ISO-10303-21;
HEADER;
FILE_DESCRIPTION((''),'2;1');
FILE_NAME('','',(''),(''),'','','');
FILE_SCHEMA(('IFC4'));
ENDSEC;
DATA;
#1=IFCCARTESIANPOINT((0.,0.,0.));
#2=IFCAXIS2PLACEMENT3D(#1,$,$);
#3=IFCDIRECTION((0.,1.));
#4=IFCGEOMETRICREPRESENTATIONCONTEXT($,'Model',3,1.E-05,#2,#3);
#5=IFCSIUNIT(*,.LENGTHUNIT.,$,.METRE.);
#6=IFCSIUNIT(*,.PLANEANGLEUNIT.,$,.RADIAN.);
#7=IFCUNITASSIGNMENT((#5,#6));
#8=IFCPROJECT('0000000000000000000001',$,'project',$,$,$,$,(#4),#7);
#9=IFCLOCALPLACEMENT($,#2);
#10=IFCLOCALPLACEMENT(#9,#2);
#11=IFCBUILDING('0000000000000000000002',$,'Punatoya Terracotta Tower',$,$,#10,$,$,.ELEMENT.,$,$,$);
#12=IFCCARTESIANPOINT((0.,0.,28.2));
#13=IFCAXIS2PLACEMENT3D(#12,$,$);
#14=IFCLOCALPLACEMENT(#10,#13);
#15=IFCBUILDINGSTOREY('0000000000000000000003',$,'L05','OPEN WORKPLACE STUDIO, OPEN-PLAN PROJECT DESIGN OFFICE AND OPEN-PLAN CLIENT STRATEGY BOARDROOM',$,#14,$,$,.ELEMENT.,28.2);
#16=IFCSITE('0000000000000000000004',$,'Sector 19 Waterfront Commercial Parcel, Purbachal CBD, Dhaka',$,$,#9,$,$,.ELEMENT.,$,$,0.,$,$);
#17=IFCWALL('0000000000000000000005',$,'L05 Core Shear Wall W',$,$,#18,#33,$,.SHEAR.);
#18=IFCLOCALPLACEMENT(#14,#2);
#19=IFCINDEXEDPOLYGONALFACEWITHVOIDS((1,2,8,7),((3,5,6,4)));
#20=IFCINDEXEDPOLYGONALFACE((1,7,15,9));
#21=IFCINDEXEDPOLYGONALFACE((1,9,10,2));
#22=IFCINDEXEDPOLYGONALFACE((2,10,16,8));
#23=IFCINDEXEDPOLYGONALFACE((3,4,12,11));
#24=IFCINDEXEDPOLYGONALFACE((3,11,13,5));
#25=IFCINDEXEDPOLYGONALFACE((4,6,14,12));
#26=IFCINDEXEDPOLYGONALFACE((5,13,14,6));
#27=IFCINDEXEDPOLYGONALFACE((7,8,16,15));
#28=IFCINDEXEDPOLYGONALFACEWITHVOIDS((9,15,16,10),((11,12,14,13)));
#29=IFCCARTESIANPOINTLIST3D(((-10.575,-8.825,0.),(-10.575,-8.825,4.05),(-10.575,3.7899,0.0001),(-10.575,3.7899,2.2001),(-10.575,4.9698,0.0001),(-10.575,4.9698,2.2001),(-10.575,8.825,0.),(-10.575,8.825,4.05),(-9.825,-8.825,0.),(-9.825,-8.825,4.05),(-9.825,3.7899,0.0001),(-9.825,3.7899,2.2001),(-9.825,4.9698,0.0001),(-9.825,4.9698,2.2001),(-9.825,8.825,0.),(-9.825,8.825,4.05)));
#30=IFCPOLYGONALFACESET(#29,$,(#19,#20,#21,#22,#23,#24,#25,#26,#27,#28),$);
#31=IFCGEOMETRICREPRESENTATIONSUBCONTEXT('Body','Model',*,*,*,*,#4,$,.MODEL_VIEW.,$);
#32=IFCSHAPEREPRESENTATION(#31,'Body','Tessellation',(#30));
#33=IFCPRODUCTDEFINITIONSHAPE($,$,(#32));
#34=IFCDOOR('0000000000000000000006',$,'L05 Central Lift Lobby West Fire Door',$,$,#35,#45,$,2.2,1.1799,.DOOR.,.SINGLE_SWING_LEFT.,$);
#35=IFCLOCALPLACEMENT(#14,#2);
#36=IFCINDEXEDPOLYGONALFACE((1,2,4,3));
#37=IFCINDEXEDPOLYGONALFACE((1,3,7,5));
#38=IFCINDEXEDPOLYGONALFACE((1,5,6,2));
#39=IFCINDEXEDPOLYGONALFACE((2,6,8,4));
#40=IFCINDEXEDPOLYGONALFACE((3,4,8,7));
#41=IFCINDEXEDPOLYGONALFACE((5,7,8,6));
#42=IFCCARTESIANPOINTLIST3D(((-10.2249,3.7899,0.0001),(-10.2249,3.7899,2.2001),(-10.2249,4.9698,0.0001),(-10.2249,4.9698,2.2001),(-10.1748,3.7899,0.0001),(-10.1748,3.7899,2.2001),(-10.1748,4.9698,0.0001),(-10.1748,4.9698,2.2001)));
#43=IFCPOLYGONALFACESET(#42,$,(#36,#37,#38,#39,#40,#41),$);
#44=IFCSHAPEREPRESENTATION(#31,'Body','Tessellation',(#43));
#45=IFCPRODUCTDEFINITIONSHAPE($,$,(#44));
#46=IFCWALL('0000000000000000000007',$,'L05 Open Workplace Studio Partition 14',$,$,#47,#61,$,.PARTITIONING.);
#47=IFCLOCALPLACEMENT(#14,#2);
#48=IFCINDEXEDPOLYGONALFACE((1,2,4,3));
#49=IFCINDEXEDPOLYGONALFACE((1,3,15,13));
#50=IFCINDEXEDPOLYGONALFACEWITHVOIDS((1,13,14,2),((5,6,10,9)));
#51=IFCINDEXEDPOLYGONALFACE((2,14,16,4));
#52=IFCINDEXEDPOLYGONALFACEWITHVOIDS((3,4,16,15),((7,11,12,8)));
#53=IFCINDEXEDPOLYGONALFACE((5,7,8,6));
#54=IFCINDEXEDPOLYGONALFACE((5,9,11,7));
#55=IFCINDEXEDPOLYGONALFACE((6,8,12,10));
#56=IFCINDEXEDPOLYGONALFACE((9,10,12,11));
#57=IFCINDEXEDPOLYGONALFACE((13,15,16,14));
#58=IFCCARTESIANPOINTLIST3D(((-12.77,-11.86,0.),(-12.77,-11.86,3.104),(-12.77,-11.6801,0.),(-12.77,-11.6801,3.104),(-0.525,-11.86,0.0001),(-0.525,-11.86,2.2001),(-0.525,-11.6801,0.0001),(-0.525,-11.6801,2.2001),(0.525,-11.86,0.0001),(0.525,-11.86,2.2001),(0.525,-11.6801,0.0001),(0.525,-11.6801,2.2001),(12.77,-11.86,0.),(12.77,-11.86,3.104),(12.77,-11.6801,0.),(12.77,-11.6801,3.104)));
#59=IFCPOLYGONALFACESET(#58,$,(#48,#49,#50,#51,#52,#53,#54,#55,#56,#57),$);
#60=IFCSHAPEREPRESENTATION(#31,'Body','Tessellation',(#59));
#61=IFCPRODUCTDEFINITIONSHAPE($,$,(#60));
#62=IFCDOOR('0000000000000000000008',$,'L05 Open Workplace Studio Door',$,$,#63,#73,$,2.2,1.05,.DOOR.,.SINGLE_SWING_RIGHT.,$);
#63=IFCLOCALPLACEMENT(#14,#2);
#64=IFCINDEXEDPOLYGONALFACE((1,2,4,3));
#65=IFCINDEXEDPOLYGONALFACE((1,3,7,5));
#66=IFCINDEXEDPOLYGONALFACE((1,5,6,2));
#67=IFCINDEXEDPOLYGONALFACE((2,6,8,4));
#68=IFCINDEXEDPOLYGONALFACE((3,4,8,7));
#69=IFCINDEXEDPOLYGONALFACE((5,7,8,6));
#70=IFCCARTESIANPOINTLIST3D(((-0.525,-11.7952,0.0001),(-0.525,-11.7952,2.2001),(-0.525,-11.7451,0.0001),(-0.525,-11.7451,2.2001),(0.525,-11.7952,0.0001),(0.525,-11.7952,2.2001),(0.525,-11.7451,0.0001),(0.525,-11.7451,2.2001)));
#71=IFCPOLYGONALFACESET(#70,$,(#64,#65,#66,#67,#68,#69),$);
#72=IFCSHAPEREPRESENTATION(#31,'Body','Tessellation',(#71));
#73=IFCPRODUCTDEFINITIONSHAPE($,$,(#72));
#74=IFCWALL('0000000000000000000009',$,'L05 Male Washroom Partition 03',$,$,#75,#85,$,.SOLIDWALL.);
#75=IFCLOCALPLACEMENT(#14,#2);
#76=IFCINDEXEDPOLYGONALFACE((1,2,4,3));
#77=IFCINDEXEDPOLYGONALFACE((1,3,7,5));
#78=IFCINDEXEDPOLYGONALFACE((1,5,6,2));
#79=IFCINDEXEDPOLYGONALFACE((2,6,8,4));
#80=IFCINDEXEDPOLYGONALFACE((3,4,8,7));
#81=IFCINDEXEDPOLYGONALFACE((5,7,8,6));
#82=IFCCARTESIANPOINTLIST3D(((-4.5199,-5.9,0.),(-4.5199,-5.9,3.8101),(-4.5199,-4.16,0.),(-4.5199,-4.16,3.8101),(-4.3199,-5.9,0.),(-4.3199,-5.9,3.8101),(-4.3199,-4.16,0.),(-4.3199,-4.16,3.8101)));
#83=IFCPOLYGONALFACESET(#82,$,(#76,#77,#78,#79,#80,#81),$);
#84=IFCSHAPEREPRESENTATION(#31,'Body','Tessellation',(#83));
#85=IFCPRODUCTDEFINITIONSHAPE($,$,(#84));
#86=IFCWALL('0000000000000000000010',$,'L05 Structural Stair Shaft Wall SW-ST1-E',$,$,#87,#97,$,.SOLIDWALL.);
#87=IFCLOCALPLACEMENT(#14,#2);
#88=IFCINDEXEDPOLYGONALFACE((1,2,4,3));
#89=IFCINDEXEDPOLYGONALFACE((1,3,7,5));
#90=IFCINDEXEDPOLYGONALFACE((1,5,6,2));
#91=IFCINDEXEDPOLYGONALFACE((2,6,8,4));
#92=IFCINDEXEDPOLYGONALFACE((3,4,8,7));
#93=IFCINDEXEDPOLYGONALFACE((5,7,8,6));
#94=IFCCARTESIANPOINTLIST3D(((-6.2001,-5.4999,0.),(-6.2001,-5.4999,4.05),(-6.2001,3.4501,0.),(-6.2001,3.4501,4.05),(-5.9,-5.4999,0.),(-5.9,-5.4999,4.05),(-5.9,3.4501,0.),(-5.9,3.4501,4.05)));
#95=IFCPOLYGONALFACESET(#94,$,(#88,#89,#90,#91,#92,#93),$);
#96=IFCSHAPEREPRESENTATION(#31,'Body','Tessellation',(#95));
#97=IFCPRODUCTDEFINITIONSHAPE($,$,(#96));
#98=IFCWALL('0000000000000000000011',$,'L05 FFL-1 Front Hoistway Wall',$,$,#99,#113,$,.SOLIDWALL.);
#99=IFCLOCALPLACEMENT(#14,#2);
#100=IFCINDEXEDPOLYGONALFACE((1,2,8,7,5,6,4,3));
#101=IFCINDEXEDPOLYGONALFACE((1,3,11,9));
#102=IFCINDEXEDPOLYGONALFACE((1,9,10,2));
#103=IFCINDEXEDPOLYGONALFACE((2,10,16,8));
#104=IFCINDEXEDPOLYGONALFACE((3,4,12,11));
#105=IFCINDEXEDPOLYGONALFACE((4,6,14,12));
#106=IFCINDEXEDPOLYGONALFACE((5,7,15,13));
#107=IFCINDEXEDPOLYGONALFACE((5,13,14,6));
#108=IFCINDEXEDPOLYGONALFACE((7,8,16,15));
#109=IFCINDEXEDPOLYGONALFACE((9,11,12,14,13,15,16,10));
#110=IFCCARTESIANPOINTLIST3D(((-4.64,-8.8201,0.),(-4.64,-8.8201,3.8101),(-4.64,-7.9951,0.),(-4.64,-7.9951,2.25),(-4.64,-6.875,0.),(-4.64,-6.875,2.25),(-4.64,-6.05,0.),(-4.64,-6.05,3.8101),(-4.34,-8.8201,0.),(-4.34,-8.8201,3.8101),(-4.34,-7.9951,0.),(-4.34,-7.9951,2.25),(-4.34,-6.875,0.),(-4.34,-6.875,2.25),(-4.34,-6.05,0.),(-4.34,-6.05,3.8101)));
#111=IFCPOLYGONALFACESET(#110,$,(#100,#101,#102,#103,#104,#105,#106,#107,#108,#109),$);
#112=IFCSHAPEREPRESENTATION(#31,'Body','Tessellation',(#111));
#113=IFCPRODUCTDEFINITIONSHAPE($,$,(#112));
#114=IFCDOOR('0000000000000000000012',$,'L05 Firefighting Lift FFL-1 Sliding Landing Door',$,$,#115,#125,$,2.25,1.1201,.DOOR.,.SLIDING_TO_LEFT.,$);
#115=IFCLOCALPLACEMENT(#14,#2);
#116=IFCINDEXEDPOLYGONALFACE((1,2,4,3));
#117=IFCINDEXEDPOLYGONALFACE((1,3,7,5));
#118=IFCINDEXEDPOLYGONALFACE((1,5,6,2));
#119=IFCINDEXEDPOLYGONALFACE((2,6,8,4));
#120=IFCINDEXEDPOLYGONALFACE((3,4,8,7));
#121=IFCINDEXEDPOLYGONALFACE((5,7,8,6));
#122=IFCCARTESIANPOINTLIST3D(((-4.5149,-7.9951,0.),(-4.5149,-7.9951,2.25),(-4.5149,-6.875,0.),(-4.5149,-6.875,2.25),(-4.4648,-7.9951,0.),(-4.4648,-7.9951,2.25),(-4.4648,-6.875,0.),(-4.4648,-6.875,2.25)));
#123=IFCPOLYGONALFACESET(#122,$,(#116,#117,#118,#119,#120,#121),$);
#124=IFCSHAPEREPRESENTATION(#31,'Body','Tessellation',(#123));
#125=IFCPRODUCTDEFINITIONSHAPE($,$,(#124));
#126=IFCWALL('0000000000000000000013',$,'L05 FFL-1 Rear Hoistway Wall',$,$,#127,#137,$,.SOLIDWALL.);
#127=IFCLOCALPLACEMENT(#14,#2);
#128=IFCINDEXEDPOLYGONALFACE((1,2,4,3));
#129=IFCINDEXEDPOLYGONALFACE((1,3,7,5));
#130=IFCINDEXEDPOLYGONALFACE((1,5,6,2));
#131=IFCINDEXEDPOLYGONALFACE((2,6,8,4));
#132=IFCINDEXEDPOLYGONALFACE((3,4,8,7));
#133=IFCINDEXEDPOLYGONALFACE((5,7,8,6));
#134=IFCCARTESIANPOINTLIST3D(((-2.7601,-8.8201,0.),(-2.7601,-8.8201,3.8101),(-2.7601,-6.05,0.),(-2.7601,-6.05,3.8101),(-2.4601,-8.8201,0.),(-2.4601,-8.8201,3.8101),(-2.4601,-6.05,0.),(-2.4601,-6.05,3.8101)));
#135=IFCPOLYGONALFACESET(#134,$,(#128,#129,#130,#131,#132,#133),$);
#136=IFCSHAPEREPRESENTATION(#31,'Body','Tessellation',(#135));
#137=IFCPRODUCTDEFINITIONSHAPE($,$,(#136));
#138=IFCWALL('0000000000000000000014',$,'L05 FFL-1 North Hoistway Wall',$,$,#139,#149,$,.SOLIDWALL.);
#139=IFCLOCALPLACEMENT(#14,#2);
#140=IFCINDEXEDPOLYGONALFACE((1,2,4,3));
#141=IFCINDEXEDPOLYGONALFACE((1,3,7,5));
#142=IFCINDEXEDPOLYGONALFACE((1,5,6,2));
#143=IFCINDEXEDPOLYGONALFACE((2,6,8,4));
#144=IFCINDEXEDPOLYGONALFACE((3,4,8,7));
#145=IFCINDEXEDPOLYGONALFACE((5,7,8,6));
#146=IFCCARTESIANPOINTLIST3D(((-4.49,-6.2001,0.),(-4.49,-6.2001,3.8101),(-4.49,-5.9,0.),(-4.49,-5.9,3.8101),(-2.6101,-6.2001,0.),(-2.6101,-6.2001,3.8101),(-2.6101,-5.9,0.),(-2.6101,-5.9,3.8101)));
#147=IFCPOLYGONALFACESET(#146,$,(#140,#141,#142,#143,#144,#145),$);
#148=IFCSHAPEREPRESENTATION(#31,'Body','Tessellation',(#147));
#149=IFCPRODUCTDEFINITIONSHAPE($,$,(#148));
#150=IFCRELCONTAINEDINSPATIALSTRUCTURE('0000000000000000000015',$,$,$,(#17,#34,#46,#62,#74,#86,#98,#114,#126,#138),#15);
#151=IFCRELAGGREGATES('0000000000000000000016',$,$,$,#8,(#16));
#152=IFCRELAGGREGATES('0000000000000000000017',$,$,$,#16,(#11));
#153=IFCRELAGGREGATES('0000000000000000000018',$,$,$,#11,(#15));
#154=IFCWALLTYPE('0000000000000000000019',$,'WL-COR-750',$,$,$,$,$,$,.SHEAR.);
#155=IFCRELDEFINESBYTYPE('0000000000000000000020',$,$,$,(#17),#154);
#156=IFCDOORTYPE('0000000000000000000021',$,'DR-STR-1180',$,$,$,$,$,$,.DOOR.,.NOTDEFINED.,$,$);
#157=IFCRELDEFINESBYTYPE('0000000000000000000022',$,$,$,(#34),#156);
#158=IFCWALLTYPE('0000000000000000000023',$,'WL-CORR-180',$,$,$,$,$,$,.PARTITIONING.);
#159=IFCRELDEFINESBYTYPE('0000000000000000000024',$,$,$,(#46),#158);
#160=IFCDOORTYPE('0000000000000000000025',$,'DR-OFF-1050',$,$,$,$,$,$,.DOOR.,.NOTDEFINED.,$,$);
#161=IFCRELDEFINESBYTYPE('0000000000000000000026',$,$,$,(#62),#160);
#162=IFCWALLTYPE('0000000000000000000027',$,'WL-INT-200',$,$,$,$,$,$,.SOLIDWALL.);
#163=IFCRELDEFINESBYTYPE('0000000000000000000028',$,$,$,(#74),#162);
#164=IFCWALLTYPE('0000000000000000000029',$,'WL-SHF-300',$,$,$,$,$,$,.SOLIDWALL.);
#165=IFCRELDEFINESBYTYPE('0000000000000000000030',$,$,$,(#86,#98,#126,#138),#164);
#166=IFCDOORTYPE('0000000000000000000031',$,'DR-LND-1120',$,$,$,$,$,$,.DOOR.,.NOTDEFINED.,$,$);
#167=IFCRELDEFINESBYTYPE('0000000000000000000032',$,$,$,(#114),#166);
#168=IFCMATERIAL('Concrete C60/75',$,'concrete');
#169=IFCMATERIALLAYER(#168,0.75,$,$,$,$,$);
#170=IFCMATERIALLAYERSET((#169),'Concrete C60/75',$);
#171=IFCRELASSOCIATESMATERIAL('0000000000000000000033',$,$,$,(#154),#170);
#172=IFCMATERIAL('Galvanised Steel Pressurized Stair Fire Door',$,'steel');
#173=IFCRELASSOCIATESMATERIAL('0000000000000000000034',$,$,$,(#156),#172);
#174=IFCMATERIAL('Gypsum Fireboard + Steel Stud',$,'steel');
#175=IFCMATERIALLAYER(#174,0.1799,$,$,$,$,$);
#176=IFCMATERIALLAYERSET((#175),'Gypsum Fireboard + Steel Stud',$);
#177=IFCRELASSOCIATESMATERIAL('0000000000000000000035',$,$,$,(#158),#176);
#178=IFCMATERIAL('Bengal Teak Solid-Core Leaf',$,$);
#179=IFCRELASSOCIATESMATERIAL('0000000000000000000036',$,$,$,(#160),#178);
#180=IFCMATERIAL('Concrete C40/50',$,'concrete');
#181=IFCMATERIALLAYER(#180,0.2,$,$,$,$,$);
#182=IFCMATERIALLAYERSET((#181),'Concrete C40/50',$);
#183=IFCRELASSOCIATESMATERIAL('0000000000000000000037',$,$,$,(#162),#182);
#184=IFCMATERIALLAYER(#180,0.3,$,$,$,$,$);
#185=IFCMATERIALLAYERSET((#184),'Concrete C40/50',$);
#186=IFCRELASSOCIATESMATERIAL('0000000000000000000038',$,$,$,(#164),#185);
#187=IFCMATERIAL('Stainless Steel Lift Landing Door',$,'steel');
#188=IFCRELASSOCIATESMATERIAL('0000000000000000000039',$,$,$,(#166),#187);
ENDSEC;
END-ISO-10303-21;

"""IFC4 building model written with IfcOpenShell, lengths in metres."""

from ifc_helpers import new_model, si_unit, direction, frame, frame_2d, origin, place, context, subcontext, project, spatial, rectangle, extrude, material, layer, layer_set, type_object, element, fill, save


model = new_model("IFC4")

# Units and contexts
model_context = context("Model", 3, precision=1e-05, world=origin(), true_north=direction((0.0, 1.0)))
body_context = subcontext(model_context, "Body", "Model", "MODEL_VIEW")
ifc_project = project(units=[si_unit("LENGTHUNIT", "METRE"), si_unit("PLANEANGLEUNIT", "RADIAN")], contexts=[model_context])

# Site, building, storey
site_placement = place(None, origin())
site = spatial("IfcSite", under=ifc_project, at=site_placement, Name="Sector 19 Waterfront Commercial Parcel, Purbachal CBD, Dhaka", CompositionType="ELEMENT", RefElevation=0.0)
building_placement = place(site_placement, origin())
building = spatial("IfcBuilding", under=site, at=building_placement, Name="Punatoya Terracotta Tower", CompositionType="ELEMENT")
storey_placement = place(building_placement, frame((0.0, 0.0, 28.2)))
storey = spatial("IfcBuildingStorey", under=building, at=storey_placement, Name="L05", Description="OPEN WORKPLACE STUDIO, OPEN-PLAN PROJECT DESIGN OFFICE AND OPEN-PLAN CLIENT STRATEGY BOARDROOM", CompositionType="ELEMENT", Elevation=28.2)

# Shared definitions
ifc_material_1 = material(Name="Concrete C60/75", Category="concrete")

# Walls, openings, doors
ifc_layer_1 = layer(ifc_material_1, 0.75)
ifc_layer_set_1 = layer_set([ifc_layer_1], Name="Concrete C60/75")
wall_type_1 = type_object("IfcWallType", Name="WL-COR-750", PredefinedType="SHEAR", material=ifc_layer_set_1)
wall_1_placement = place(storey_placement, frame((-10.2, -8.825, 0.0), z_axis=(0.0, 0.0, 1.0), x_axis=(0.0, 1.0, 0.0)))
wall_1 = element("IfcWall", 1, at=wall_1_placement, inside=storey, type_object=wall_type_1, Name="L05 Core Shear Wall W", PredefinedType="SHEAR", context=body_context, shape_type="SweptSolid", body=[
    extrude(rectangle(XDim=17.6499, YDim=0.75, at=frame_2d((8.825, 0.0))), origin(), (0.0, 0.0, 1.0), 4.05),
])
opening_1_placement = place(wall_1_placement, frame((12.615, 0.0, 0.0)))
opening_1 = element("IfcOpeningElement", 2, at=opening_1_placement, cuts=wall_1, PredefinedType="OPENING", context=body_context, shape_type="SweptSolid", body=[
    extrude(rectangle(XDim=1.1799, YDim=2.2, at=frame_2d((0.5898, 1.1001))), frame((0.0, 0.385, 0.0), z_axis=(0.0, -1.0, 0.0), x_axis=(1.0, 0.0, 0.0)), (0.0, 0.0, 1.0), 0.77),
])
ifc_material_2 = material(Name="Galvanised Steel Pressurized Stair Fire Door", Category="steel")
door_type_1 = type_object("IfcDoorType", Name="DR-STR-1180", OperationType="NOTDEFINED", PredefinedType="DOOR", material=ifc_material_2)
door_1_placement = place(opening_1_placement, origin())
door_1 = element("IfcDoor", 3, at=door_1_placement, inside=storey, type_object=door_type_1, Name="L05 Central Lift Lobby West Fire Door", OperationType="SINGLE_SWING_LEFT", OverallHeight=2.2, OverallWidth=1.1799, PredefinedType="DOOR", context=body_context, shape_type="SweptSolid", body=[
    extrude(rectangle(XDim=1.1799, YDim=2.2, at=frame_2d((0.5898, 1.1001))), frame((0.0, 0.0249, 0.0), z_axis=(0.0, -1.0, 0.0), x_axis=(1.0, 0.0, 0.0)), (0.0, 0.0, 1.0), 0.05),
])
fill(opening_1, door_1)
ifc_material_3 = material(Name="Gypsum Fireboard + Steel Stud", Category="steel")
ifc_layer_2 = layer(ifc_material_3, 0.1799)
ifc_layer_set_2 = layer_set([ifc_layer_2], Name="Gypsum Fireboard + Steel Stud")
wall_type_2 = type_object("IfcWallType", Name="WL-CORR-180", PredefinedType="PARTITIONING", material=ifc_layer_set_2)
wall_2_placement = place(storey_placement, frame((-12.77, -11.77, 0.0), z_axis=(0.0, 0.0, 1.0), x_axis=(1.0, 0.0, 0.0)))
wall_2 = element("IfcWall", 4, at=wall_2_placement, inside=storey, type_object=wall_type_2, Name="L05 Open Workplace Studio Partition 14", PredefinedType="PARTITIONING", context=body_context, shape_type="SweptSolid", body=[
    extrude(rectangle(XDim=25.54, YDim=0.1799, at=frame_2d((12.77, 0.0))), origin(), (0.0, 0.0, 1.0), 3.104),
])
opening_2_placement = place(wall_2_placement, frame((12.2451, 0.0, 0.0)))
opening_2 = element("IfcOpeningElement", 5, at=opening_2_placement, cuts=wall_2, PredefinedType="OPENING", context=body_context, shape_type="SweptSolid", body=[
    extrude(rectangle(XDim=1.05, YDim=2.2, at=frame_2d((0.5249, 1.1001))), frame((0.0, 0.0999, 0.0), z_axis=(0.0, -1.0, 0.0), x_axis=(1.0, 0.0, 0.0)), (0.0, 0.0, 1.0), 0.2),
])
ifc_material_4 = material(Name="Bengal Teak Solid-Core Leaf")
door_type_2 = type_object("IfcDoorType", Name="DR-OFF-1050", OperationType="NOTDEFINED", PredefinedType="DOOR", material=ifc_material_4)
door_2_placement = place(opening_2_placement, origin())
door_2 = element("IfcDoor", 6, at=door_2_placement, inside=storey, type_object=door_type_2, Name="L05 Open Workplace Studio Door", OperationType="SINGLE_SWING_RIGHT", OverallHeight=2.2, OverallWidth=1.05, PredefinedType="DOOR", context=body_context, shape_type="SweptSolid", body=[
    extrude(rectangle(XDim=1.05, YDim=2.2, at=frame_2d((0.5249, 1.1001))), frame((0.0, 0.0249, 0.0), z_axis=(0.0, -1.0, 0.0), x_axis=(1.0, 0.0, 0.0)), (0.0, 0.0, 1.0), 0.05),
])
fill(opening_2, door_2)

# Walls
ifc_material_5 = material(Name="Concrete C40/50", Category="concrete")
ifc_layer_3 = layer(ifc_material_5, 0.2)
ifc_layer_set_3 = layer_set([ifc_layer_3], Name="Concrete C40/50")
wall_type_3 = type_object("IfcWallType", Name="WL-INT-200", PredefinedType="SOLIDWALL", material=ifc_layer_set_3)
wall_3_placement = place(storey_placement, frame((-4.4199, -4.1599, 0.0), z_axis=(0.0, 0.0, 1.0), x_axis=(0.0, -1.0, 0.0)))
element("IfcWall", 7, at=wall_3_placement, inside=storey, type_object=wall_type_3, Name="L05 Male Washroom Partition 03", PredefinedType="SOLIDWALL", context=body_context, shape_type="SweptSolid", body=[
    extrude(rectangle(XDim=1.74, YDim=0.2, at=frame_2d((0.8701, 0.0))), origin(), (0.0, 0.0, 1.0), 3.8101),
])
ifc_layer_4 = layer(ifc_material_5, 0.3)
ifc_layer_set_4 = layer_set([ifc_layer_4], Name="Concrete C40/50")
wall_type_4 = type_object("IfcWallType", Name="WL-SHF-300", PredefinedType="SOLIDWALL", material=ifc_layer_set_4)
wall_4_placement = place(storey_placement, frame((-6.05, -5.5, 0.0), z_axis=(0.0, 0.0, 1.0), x_axis=(0.0, 1.0, 0.0)))
element("IfcWall", 8, at=wall_4_placement, inside=storey, type_object=wall_type_4, Name="L05 Structural Stair Shaft Wall SW-ST1-E", PredefinedType="SOLIDWALL", context=body_context, shape_type="SweptSolid", body=[
    extrude(rectangle(XDim=8.95, YDim=0.3, at=frame_2d((4.4751, 0.0))), origin(), (0.0, 0.0, 1.0), 4.05),
])

# Wall, opening, door
wall_5_placement = place(storey_placement, frame((-4.49, -8.8201, 0.0), z_axis=(0.0, 0.0, 1.0), x_axis=(0.0, 1.0, 0.0)))
wall_5 = element("IfcWall", 9, at=wall_5_placement, inside=storey, type_object=wall_type_4, Name="L05 FFL-1 Front Hoistway Wall", PredefinedType="SOLIDWALL", context=body_context, shape_type="SweptSolid", body=[
    extrude(rectangle(XDim=2.77, YDim=0.3, at=frame_2d((1.385, 0.0))), origin(), (0.0, 0.0, 1.0), 3.8101),
])
opening_3_placement = place(wall_5_placement, frame((0.825, 0.0, 0.0)))
opening_3 = element("IfcOpeningElement", 10, at=opening_3_placement, cuts=wall_5, PredefinedType="OPENING", context=body_context, shape_type="SweptSolid", body=[
    extrude(rectangle(XDim=1.1201, YDim=2.25, at=frame_2d((0.5601, 1.125))), frame((0.0, 0.1599, 0.0), z_axis=(0.0, -1.0, 0.0), x_axis=(1.0, 0.0, 0.0)), (0.0, 0.0, 1.0), 0.3201),
])
ifc_material_6 = material(Name="Stainless Steel Lift Landing Door", Category="steel")
door_type_3 = type_object("IfcDoorType", Name="DR-LND-1120", OperationType="NOTDEFINED", PredefinedType="DOOR", material=ifc_material_6)
door_3_placement = place(opening_3_placement, origin())
door_3 = element("IfcDoor", 11, at=door_3_placement, inside=storey, type_object=door_type_3, Name="L05 Firefighting Lift FFL-1 Sliding Landing Door", OperationType="SLIDING_TO_LEFT", OverallHeight=2.25, OverallWidth=1.1201, PredefinedType="DOOR", context=body_context, shape_type="SweptSolid", body=[
    extrude(rectangle(XDim=1.1201, YDim=2.25, at=frame_2d((0.5601, 1.125))), frame((0.0, 0.0249, 0.0), z_axis=(0.0, -1.0, 0.0), x_axis=(1.0, 0.0, 0.0)), (0.0, 0.0, 1.0), 0.05),
])
fill(opening_3, door_3)

# Walls
wall_6_placement = place(storey_placement, frame((-2.6101, -8.8201, 0.0), z_axis=(0.0, 0.0, 1.0), x_axis=(0.0, 1.0, 0.0)))
element("IfcWall", 12, at=wall_6_placement, inside=storey, type_object=wall_type_4, Name="L05 FFL-1 Rear Hoistway Wall", PredefinedType="SOLIDWALL", context=body_context, shape_type="SweptSolid", body=[
    extrude(rectangle(XDim=2.77, YDim=0.3, at=frame_2d((1.385, 0.0))), origin(), (0.0, 0.0, 1.0), 3.8101),
])
wall_7_placement = place(storey_placement, frame((-4.49, -6.05, 0.0), z_axis=(0.0, 0.0, 1.0), x_axis=(1.0, 0.0, 0.0)))
element("IfcWall", 13, at=wall_7_placement, inside=storey, type_object=wall_type_4, Name="L05 FFL-1 North Hoistway Wall", PredefinedType="SOLIDWALL", context=body_context, shape_type="SweptSolid", body=[
    extrude(rectangle(XDim=1.8799, YDim=0.3, at=frame_2d((0.9399, 0.0))), origin(), (0.0, 0.0, 1.0), 3.8101),
])

save(model, "model.ifc")
